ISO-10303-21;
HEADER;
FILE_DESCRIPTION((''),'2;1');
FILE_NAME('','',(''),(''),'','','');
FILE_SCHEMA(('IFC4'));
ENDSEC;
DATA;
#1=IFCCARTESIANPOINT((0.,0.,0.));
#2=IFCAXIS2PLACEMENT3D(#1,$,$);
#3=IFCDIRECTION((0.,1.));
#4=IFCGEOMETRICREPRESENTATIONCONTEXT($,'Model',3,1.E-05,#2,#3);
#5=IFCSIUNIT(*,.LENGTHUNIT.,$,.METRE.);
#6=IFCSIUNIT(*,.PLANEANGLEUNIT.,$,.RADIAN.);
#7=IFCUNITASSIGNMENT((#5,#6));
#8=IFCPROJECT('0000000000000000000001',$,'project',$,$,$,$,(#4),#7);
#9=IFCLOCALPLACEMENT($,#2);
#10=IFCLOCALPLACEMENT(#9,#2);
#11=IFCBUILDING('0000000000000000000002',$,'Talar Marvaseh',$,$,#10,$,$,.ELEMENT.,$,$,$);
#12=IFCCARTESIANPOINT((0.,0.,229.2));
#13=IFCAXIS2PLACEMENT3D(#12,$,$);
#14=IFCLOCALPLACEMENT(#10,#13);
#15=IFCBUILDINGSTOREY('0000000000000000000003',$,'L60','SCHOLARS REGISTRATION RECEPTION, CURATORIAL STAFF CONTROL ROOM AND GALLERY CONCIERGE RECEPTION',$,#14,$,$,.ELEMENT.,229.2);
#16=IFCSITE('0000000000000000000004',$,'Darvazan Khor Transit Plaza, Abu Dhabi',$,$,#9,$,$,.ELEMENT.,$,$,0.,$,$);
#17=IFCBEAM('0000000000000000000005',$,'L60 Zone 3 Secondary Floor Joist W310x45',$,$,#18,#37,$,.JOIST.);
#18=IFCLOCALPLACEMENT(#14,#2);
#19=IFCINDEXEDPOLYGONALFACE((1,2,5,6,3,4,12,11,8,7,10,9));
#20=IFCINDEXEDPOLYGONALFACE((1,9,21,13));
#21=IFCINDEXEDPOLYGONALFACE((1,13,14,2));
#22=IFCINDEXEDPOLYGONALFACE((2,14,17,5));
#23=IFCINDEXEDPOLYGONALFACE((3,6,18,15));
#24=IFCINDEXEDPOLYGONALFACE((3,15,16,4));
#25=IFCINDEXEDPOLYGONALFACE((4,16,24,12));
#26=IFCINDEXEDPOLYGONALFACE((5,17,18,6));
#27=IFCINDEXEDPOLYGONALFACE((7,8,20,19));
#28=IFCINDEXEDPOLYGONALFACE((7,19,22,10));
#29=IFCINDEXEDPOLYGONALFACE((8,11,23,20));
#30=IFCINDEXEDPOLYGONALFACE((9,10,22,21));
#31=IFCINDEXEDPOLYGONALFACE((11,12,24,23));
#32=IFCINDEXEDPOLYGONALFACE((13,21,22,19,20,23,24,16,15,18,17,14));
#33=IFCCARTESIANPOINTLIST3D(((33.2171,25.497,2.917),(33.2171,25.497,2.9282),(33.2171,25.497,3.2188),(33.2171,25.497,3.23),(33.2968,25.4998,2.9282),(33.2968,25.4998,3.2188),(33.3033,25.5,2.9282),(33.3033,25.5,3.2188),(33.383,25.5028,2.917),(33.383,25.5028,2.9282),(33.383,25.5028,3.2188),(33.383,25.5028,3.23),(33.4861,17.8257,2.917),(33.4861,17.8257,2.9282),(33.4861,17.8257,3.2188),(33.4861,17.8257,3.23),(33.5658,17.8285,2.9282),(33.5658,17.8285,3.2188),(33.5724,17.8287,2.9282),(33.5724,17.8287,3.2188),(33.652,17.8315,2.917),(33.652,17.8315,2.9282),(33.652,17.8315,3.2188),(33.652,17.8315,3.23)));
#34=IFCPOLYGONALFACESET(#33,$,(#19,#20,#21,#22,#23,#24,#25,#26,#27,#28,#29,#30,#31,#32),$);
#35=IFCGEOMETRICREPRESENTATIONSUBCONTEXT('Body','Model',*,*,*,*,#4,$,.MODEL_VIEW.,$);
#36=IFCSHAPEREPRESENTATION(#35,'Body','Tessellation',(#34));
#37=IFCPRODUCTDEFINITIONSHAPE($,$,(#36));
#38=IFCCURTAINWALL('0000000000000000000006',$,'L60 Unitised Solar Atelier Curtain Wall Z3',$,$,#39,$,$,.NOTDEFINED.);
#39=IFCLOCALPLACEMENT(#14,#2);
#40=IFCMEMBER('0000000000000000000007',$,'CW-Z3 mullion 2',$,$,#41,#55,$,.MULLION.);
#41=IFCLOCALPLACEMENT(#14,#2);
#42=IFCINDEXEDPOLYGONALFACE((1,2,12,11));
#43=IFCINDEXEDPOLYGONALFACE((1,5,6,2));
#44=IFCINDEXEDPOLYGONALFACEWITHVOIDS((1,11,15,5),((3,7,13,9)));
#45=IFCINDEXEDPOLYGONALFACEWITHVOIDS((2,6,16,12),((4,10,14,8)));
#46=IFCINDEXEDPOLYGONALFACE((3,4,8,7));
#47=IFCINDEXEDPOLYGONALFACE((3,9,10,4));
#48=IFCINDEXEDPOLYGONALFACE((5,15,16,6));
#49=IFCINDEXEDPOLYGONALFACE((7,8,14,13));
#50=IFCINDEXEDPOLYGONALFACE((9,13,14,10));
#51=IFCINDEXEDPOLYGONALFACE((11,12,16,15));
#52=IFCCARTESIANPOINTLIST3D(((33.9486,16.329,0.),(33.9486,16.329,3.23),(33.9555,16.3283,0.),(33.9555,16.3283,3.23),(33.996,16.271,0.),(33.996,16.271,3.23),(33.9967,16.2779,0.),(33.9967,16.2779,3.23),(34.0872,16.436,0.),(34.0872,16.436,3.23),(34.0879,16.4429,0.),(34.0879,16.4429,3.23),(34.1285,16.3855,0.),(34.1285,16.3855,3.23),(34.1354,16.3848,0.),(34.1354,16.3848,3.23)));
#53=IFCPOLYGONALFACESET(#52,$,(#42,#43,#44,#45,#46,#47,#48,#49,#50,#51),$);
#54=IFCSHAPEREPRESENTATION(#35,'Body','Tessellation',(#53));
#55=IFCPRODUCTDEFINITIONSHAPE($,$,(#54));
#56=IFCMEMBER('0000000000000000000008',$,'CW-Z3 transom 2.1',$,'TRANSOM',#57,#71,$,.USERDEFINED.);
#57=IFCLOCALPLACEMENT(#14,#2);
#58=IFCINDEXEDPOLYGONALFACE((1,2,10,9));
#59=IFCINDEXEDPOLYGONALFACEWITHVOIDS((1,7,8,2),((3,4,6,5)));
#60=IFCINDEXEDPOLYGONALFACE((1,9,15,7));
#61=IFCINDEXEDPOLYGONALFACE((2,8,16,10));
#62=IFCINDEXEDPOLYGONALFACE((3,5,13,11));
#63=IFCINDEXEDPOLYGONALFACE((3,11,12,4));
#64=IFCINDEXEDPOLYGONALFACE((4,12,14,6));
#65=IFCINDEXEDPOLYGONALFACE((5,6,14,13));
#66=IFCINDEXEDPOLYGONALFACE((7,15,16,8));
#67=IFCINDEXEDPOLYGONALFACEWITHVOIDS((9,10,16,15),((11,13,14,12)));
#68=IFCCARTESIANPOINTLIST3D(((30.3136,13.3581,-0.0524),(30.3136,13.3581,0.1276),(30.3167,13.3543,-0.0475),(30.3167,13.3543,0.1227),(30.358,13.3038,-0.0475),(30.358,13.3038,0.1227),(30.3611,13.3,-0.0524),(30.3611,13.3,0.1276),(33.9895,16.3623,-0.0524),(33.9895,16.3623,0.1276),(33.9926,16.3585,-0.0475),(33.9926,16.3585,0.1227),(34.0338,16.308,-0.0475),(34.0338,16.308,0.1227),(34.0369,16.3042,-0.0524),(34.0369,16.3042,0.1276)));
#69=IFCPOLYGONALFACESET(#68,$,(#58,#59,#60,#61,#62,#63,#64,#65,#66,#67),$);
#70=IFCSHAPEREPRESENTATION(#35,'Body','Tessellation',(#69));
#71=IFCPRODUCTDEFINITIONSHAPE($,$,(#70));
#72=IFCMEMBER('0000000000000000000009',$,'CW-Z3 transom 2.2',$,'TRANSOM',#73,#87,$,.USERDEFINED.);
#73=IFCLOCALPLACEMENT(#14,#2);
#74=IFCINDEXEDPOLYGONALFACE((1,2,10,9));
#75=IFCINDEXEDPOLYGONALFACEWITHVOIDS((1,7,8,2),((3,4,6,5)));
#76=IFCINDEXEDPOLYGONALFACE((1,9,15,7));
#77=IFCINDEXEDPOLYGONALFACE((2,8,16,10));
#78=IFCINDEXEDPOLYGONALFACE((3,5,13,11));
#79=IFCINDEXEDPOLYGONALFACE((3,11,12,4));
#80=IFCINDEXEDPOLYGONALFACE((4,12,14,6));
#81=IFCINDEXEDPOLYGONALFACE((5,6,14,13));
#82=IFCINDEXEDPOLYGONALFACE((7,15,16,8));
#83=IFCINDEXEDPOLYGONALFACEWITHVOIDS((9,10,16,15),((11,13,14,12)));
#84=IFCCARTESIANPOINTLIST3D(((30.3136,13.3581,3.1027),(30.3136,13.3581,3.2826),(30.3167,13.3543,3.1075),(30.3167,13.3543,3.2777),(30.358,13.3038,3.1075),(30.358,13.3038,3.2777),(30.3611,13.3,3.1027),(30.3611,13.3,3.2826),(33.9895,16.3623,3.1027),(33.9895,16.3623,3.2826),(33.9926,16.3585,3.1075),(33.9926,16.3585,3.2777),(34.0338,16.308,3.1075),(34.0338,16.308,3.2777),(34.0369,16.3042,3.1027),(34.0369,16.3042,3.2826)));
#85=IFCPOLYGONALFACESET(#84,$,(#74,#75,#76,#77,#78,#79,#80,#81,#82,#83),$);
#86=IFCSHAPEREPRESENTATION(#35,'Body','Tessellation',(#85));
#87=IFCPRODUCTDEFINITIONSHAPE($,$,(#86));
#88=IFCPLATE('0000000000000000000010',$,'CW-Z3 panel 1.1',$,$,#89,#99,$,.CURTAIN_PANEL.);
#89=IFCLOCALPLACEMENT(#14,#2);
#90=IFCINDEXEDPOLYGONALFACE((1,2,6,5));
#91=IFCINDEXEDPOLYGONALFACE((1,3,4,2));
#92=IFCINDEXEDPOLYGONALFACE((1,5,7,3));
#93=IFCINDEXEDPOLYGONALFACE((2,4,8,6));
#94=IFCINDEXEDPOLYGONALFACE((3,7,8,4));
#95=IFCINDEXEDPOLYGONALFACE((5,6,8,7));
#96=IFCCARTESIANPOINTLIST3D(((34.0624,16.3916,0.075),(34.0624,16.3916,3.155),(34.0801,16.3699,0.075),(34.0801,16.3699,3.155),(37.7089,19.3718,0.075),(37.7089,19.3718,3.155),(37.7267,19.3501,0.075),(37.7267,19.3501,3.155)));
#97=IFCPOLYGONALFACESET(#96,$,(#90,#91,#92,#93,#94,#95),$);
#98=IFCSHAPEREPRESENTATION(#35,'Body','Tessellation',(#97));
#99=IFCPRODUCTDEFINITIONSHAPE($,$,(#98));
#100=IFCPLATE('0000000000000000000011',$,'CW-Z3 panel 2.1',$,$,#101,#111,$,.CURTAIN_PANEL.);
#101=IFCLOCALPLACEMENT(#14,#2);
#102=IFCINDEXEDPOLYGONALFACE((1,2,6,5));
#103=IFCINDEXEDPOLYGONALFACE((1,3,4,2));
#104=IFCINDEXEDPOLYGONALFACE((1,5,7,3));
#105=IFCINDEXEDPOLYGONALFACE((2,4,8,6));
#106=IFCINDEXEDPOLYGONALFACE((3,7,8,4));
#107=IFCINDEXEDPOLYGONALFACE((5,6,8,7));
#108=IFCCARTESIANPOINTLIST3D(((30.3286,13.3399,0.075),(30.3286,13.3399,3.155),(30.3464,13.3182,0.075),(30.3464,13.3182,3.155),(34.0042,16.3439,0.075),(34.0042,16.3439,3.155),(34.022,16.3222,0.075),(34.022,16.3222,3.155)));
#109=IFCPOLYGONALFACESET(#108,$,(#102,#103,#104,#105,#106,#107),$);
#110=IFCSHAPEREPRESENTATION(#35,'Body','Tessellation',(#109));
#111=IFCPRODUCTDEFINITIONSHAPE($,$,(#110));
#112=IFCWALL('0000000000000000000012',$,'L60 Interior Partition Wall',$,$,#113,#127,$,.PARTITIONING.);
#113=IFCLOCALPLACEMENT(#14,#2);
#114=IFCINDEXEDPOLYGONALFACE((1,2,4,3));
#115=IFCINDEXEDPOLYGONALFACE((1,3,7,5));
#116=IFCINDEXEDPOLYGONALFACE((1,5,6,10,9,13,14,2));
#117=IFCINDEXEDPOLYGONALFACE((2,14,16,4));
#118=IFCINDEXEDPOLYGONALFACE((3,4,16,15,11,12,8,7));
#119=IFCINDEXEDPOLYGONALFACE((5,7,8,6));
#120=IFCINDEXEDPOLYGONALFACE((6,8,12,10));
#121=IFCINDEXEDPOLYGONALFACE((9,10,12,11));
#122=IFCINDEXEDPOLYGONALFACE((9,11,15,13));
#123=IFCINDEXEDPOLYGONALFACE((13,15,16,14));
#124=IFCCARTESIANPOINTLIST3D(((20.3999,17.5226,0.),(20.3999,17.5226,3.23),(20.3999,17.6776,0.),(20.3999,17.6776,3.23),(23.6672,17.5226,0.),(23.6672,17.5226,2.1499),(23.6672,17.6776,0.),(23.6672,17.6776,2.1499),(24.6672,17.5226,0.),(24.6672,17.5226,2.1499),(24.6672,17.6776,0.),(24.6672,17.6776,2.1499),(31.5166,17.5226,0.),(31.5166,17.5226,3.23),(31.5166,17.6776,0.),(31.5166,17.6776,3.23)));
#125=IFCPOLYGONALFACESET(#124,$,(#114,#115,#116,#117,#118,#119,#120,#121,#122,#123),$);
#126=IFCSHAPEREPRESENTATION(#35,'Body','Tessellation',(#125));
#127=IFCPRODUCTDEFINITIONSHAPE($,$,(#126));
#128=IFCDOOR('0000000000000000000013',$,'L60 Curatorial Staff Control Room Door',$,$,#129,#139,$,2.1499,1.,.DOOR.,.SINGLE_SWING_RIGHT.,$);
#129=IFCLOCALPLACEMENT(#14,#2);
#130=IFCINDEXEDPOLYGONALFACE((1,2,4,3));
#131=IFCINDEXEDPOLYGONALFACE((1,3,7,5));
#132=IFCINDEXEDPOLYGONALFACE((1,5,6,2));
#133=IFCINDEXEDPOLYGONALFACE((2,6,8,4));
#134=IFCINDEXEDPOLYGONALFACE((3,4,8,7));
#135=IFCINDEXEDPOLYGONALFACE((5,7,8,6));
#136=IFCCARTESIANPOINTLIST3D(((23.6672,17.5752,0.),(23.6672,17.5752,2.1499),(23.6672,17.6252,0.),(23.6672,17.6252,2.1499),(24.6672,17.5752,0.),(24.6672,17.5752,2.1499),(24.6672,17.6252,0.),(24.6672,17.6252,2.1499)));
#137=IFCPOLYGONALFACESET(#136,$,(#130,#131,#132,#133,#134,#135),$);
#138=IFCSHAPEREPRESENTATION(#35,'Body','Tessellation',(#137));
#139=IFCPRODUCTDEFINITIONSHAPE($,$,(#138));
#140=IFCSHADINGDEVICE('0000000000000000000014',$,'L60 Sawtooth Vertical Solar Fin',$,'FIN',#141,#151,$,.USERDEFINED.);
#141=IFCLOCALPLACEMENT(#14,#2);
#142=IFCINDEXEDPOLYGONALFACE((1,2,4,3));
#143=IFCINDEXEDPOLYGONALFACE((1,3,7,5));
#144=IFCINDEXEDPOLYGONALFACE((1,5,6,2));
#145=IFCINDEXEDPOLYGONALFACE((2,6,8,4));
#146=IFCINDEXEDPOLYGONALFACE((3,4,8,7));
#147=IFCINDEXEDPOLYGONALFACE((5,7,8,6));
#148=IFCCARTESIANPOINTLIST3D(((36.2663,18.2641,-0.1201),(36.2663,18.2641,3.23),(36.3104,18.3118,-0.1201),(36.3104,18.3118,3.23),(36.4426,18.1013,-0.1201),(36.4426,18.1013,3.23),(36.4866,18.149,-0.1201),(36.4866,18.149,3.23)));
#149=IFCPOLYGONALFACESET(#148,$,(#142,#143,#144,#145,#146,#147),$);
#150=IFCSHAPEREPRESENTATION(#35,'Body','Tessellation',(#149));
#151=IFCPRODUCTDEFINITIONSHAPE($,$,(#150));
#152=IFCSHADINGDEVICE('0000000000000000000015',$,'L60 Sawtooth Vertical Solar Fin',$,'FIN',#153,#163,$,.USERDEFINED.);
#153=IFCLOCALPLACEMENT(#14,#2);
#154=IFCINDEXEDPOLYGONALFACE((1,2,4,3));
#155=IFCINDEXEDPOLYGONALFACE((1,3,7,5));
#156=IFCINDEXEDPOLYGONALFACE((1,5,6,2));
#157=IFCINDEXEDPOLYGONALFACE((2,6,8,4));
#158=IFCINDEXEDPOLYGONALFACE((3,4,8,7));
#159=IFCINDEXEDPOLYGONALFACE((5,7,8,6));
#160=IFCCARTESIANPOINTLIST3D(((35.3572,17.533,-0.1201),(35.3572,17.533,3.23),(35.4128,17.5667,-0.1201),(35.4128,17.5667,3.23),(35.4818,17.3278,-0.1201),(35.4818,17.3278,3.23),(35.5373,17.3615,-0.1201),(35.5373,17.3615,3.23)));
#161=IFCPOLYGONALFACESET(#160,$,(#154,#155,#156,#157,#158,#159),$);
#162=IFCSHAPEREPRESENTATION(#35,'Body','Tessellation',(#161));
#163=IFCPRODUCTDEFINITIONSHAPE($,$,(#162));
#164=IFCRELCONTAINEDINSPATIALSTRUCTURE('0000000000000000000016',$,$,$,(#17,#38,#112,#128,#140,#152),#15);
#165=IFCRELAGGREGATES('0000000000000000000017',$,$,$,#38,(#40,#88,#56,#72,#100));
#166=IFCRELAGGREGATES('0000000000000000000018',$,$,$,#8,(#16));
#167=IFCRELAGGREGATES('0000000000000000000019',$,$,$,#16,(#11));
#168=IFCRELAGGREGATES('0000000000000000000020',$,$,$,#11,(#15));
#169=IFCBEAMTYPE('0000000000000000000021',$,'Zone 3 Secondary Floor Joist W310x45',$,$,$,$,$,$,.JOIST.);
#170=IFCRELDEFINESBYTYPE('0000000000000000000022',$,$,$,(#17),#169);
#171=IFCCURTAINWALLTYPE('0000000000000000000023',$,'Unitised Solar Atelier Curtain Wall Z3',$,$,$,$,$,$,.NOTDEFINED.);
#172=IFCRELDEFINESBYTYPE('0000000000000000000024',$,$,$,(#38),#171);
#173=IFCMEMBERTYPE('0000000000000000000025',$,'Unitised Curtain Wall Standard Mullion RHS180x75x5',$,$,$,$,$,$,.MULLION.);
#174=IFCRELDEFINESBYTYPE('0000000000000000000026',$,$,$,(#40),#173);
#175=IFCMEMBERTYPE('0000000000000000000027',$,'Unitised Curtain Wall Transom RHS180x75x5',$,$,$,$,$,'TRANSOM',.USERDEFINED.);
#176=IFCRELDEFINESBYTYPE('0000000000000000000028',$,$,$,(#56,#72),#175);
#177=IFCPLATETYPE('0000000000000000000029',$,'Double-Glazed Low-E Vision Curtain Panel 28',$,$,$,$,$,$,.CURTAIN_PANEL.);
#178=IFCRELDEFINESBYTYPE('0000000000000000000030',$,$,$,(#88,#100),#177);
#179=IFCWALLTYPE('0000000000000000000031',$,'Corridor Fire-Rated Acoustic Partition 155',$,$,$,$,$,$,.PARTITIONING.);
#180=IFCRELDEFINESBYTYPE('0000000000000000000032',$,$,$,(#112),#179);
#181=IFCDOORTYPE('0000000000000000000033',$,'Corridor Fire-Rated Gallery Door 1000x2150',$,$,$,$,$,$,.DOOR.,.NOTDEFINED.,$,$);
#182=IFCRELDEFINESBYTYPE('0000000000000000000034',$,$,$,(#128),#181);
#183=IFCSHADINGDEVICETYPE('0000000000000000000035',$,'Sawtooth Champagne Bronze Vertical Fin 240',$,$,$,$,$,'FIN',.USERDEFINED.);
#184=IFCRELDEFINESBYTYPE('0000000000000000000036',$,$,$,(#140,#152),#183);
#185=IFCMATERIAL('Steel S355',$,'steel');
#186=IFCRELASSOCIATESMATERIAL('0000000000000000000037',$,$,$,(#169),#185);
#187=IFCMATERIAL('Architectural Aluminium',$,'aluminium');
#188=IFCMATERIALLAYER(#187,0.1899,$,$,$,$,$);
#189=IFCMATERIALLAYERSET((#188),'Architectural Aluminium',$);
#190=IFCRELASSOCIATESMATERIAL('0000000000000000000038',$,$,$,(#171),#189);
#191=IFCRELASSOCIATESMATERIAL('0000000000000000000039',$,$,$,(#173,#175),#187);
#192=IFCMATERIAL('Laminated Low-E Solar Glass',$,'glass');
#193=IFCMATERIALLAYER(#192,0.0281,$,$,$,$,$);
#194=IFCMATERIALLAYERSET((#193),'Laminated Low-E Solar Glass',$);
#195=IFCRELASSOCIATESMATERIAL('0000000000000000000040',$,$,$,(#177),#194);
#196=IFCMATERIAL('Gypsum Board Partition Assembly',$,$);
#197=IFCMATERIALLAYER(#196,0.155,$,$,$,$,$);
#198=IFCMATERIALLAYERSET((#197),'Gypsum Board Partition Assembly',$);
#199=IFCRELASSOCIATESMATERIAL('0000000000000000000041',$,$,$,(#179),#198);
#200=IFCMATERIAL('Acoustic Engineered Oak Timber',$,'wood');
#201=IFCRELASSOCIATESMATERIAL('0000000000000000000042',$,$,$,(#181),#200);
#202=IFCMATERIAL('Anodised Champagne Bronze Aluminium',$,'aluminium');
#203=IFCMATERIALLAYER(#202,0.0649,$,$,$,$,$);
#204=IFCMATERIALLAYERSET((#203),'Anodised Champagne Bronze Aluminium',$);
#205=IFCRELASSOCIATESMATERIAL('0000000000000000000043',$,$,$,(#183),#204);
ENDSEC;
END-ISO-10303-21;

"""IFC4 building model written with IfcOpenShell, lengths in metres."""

from ifc_helpers import new_model, si_unit, direction, frame, frame_2d, origin, origin_2d, place, context, subcontext, project, spatial, rectangle, hollow_rectangle, i_section, extrude, source, transform, mapped, material, layer, layer_set, material_profile, profile_set, type_object, type_shapes, element, fill, aggregate, save


model = new_model("IFC4")

# Units and contexts
model_context = context("Model", 3, precision=1e-05, world=origin(), true_north=direction((0.0, 1.0)))
body_context = subcontext(model_context, "Body", "Model", "MODEL_VIEW")
ifc_project = project(units=[si_unit("LENGTHUNIT", "METRE"), si_unit("PLANEANGLEUNIT", "RADIAN")], contexts=[model_context])

# Site, building, storey
site_placement = place(None, origin())
site = spatial("IfcSite", under=ifc_project, at=site_placement, Name="Darvazan Khor Transit Plaza, Abu Dhabi", CompositionType="ELEMENT", RefElevation=0.0)
building_placement = place(site_placement, origin())
building = spatial("IfcBuilding", under=site, at=building_placement, Name="Talar Marvaseh", CompositionType="ELEMENT")
storey_placement = place(building_placement, frame((0.0, 0.0, 229.2)))
storey = spatial("IfcBuildingStorey", under=building, at=storey_placement, Name="L60", Description="SCHOLARS REGISTRATION RECEPTION, CURATORIAL STAFF CONTROL ROOM AND GALLERY CONCIERGE RECEPTION", CompositionType="ELEMENT", Elevation=229.2)

# Beam
ifc_material_1 = material(Name="Steel S355", Category="steel")
ifc_material_profile_1 = material_profile(ifc_material_1, i_section(OverallWidth=0.166, OverallDepth=0.313, WebThickness=0.0066, FlangeThickness=0.0112, at=origin_2d()), Name="W310x45")
ifc_profile_set_1 = profile_set([ifc_material_profile_1], Name="Steel S355")
beam_type = type_object("IfcBeamType", Name="Zone 3 Secondary Floor Joist W310x45", PredefinedType="JOIST", material=ifc_profile_set_1)
beam_placement = place(storey_placement, frame((33.5691, 17.8286, 3.0735), z_axis=(-0.035049, 0.999386, 0.0), x_axis=(-0.999386, -0.035049, 0.0)))
element("IfcBeam", 1, at=beam_placement, inside=storey, type_object=beam_type, Name="L60 Zone 3 Secondary Floor Joist W310x45", PredefinedType="JOIST", context=body_context, shape_type="SweptSolid", body=[
    extrude(i_section(OverallWidth=0.166, OverallDepth=0.313, WebThickness=0.0066, FlangeThickness=0.0112, at=origin_2d()), origin(), (0.0, 0.0, 1.0), 7.676),
])

# Curtain wall, members, plates
ifc_material_2 = material(Name="Architectural Aluminium", Category="aluminium")
ifc_layer_1 = layer(ifc_material_2, 0.1899)
ifc_layer_set_1 = layer_set([ifc_layer_1], Name="Architectural Aluminium")
curtain_wall_type = type_object("IfcCurtainWallType", Name="Unitised Solar Atelier Curtain Wall Z3", PredefinedType="NOTDEFINED", material=ifc_layer_set_1)
curtain_wall_placement = place(storey_placement, origin())
curtain_wall = element("IfcCurtainWall", 2, at=curtain_wall_placement, inside=storey, type_object=curtain_wall_type, Name="L60 Unitised Solar Atelier Curtain Wall Z3", PredefinedType="NOTDEFINED")
ifc_material_profile_2 = material_profile(ifc_material_2, hollow_rectangle(XDim=0.075, YDim=0.1799, WallThickness=0.0049, at=origin_2d()), Name="RHS180x75x5")
ifc_profile_set_2 = profile_set([ifc_material_profile_2], Name="Architectural Aluminium")
member_type_1 = type_object("IfcMemberType", Name="Unitised Curtain Wall Standard Mullion RHS180x75x5", PredefinedType="MULLION", material=ifc_profile_set_2)
shared_shape_1 = source(origin(), body_context, "Body", "SweptSolid", [
    extrude(hollow_rectangle(XDim=0.075, YDim=0.1799, WallThickness=0.0049, at=origin_2d()), origin(), (0.0, 0.0, 1.0), 3.23),
])
type_shapes(member_type_1, [shared_shape_1])
member_1_placement = place(storey_placement, frame((34.042, 16.3569, 0.0), z_axis=(0.0, 0.0, 1.0), x_axis=(0.632822, -0.774297, 0.0)))
member_1 = element("IfcMember", 3, at=member_1_placement, type_object=member_type_1, Name="CW-Z3 mullion 2", PredefinedType="MULLION", context=body_context, shape_type="MappedRepresentation", body=[
    mapped(shared_shape_1, transform((0.0, 0.0, 0.0), x_axis=(1.0, 0.0, 0.0), y_axis=(0.0, 1.0, 0.0), z_axis=(0.0, 0.0, 1.0), scale=1.0)),
])
ifc_material_profile_3 = material_profile(ifc_material_2, hollow_rectangle(XDim=0.075, YDim=0.1799, WallThickness=0.0049, at=origin_2d()), Name="RHS180x75x5")
ifc_profile_set_3 = profile_set([ifc_material_profile_3], Name="Architectural Aluminium")
member_type_2 = type_object("IfcMemberType", Name="Unitised Curtain Wall Transom RHS180x75x5", ElementType="TRANSOM", PredefinedType="USERDEFINED", material=ifc_profile_set_3)
shared_shape_2 = source(origin(), body_context, "Body", "SweptSolid", [
    extrude(hollow_rectangle(XDim=0.075, YDim=0.1799, WallThickness=0.0049, at=origin_2d()), origin(), (0.0, 0.0, 1.0), 4.7473),
])
type_shapes(member_type_2, [shared_shape_2])
member_2_placement = place(storey_placement, frame((34.0132, 16.3333, 0.0376), z_axis=(-0.774299, -0.63282, 0.0), x_axis=(0.63282, -0.774299, 0.0)))
member_2 = element("IfcMember", 4, at=member_2_placement, type_object=member_type_2, Name="CW-Z3 transom 2.1", ObjectType="TRANSOM", PredefinedType="USERDEFINED", context=body_context, shape_type="MappedRepresentation", body=[
    mapped(shared_shape_2, transform((0.0, 0.0, 0.0), x_axis=(1.0, 0.0, 0.0), y_axis=(0.0, 1.0, 0.0), z_axis=(0.0, 0.0, 1.0), scale=1.0)),
])
member_3_placement = place(storey_placement, frame((34.0132, 16.3333, 3.1926), z_axis=(-0.774299, -0.63282, 0.0), x_axis=(0.63282, -0.774299, 0.0)))
member_3 = element("IfcMember", 5, at=member_3_placement, type_object=member_type_2, Name="CW-Z3 transom 2.2", ObjectType="TRANSOM", PredefinedType="USERDEFINED", context=body_context, shape_type="MappedRepresentation", body=[
    mapped(shared_shape_2, transform((0.0, 0.0, 0.0), x_axis=(1.0, 0.0, 0.0), y_axis=(0.0, 1.0, 0.0), z_axis=(0.0, 0.0, 1.0), scale=1.0)),
])
ifc_material_3 = material(Name="Laminated Low-E Solar Glass", Category="glass")
ifc_layer_2 = layer(ifc_material_3, 0.0281)
ifc_layer_set_2 = layer_set([ifc_layer_2], Name="Laminated Low-E Solar Glass")
plate_type = type_object("IfcPlateType", Name="Double-Glazed Low-E Vision Curtain Panel 28", PredefinedType="CURTAIN_PANEL", material=ifc_layer_set_2)
shared_shape_3 = source(origin(), body_context, "Body", "SweptSolid", [
    extrude(rectangle(XDim=4.7095, YDim=0.0281, at=origin_2d()), origin(), (0.0, 0.0, 1.0), 3.0801),
])
plate_1_placement = place(storey_placement, frame((35.8945, 17.8708, 0.075), z_axis=(0.0, 0.0, 1.0), x_axis=(-0.774297, -0.632822, 0.0)))
plate_1 = element("IfcPlate", 6, at=plate_1_placement, type_object=plate_type, Name="CW-Z3 panel 1.1", PredefinedType="CURTAIN_PANEL", context=body_context, shape_type="MappedRepresentation", body=[
    mapped(shared_shape_3, transform((0.0, 0.0, 0.0), x_axis=(1.0, 0.0, 0.0), y_axis=(0.0, 1.0, 0.0), z_axis=(0.0, 0.0, 1.0), scale=1.0)),
])
shared_shape_4 = source(origin(), body_context, "Body", "SweptSolid", [
    extrude(rectangle(XDim=4.7471, YDim=0.0281, at=origin_2d()), origin(), (0.0, 0.0, 1.0), 3.0801),
])
type_shapes(plate_type, [shared_shape_3, shared_shape_4])
plate_2_placement = place(storey_placement, frame((32.1753, 14.8311, 0.075), z_axis=(0.0, 0.0, 1.0), x_axis=(-0.774297, -0.632822, 0.0)))
plate_2 = element("IfcPlate", 7, at=plate_2_placement, type_object=plate_type, Name="CW-Z3 panel 2.1", PredefinedType="CURTAIN_PANEL", context=body_context, shape_type="MappedRepresentation", body=[
    mapped(shared_shape_4, transform((0.0, 0.0, 0.0), x_axis=(1.0, 0.0, 0.0), y_axis=(0.0, 1.0, 0.0), z_axis=(0.0, 0.0, 1.0), scale=1.0)),
])
aggregate(curtain_wall, [member_1, plate_1, member_2, member_3, plate_2])

# Wall, opening, door
ifc_material_4 = material(Name="Gypsum Board Partition Assembly")
ifc_layer_3 = layer(ifc_material_4, 0.155)
ifc_layer_set_3 = layer_set([ifc_layer_3], Name="Gypsum Board Partition Assembly")
wall_type = type_object("IfcWallType", Name="Corridor Fire-Rated Acoustic Partition 155", PredefinedType="PARTITIONING", material=ifc_layer_set_3)
wall_placement = place(storey_placement, frame((31.5166, 17.6001, 0.0), z_axis=(0.0, 0.0, 1.0), x_axis=(-1.0, 0.0, 0.0)))
wall = element("IfcWall", 8, at=wall_placement, inside=storey, type_object=wall_type, Name="L60 Interior Partition Wall", PredefinedType="PARTITIONING", context=body_context, shape_type="SweptSolid", body=[
    extrude(rectangle(XDim=11.1167, YDim=0.155, at=frame_2d((5.5583, 0.0))), origin(), (0.0, 0.0, 1.0), 3.23),
])
opening_placement = place(wall_placement, frame((6.8494, 0.0, 0.0)))
opening = element("IfcOpeningElement", 9, at=opening_placement, cuts=wall, PredefinedType="OPENING", context=body_context, shape_type="SweptSolid", body=[
    extrude(rectangle(XDim=1.0, YDim=2.1499, at=frame_2d((0.5, 1.075))), frame((0.0, 0.0874, 0.0), z_axis=(0.0, -1.0, 0.0), x_axis=(1.0, 0.0, 0.0)), (0.0, 0.0, 1.0), 0.175),
])
ifc_material_5 = material(Name="Acoustic Engineered Oak Timber", Category="wood")
door_type = type_object("IfcDoorType", Name="Corridor Fire-Rated Gallery Door 1000x2150", OperationType="NOTDEFINED", PredefinedType="DOOR", material=ifc_material_5)
shared_shape_5 = source(origin(), body_context, "Body", "SweptSolid", [
    extrude(rectangle(XDim=1.0, YDim=2.1499, at=frame_2d((0.5, 1.075))), frame((0.0, 0.0249, 0.0), z_axis=(0.0, -1.0, 0.0), x_axis=(1.0, 0.0, 0.0)), (0.0, 0.0, 1.0), 0.05),
])
type_shapes(door_type, [shared_shape_5])
door_placement = place(opening_placement, origin())
door = element("IfcDoor", 10, at=door_placement, inside=storey, type_object=door_type, Name="L60 Curatorial Staff Control Room Door", OperationType="SINGLE_SWING_RIGHT", OverallHeight=2.1499, OverallWidth=1.0, PredefinedType="DOOR", context=body_context, shape_type="MappedRepresentation", body=[
    mapped(shared_shape_5, transform((0.0, 0.0, 0.0), x_axis=(1.0, 0.0, 0.0), y_axis=(0.0, 1.0, 0.0), z_axis=(0.0, 0.0, 1.0), scale=1.0)),
])
fill(opening, door)

# Shading devices
ifc_material_6 = material(Name="Anodised Champagne Bronze Aluminium", Category="aluminium")
ifc_layer_4 = layer(ifc_material_6, 0.0649)
ifc_layer_set_4 = layer_set([ifc_layer_4], Name="Anodised Champagne Bronze Aluminium")
shading_device_type = type_object("IfcShadingDeviceType", Name="Sawtooth Champagne Bronze Vertical Fin 240", ElementType="FIN", PredefinedType="USERDEFINED", material=ifc_layer_set_4)
shared_shape_6 = source(origin(), body_context, "Body", "SweptSolid", [
    extrude(rectangle(XDim=0.24, YDim=0.0649, at=origin_2d()), origin(), (0.0, 0.0, 1.0), 3.3501),
])
type_shapes(shading_device_type, [shared_shape_6])
for number, where, z_axis, x_axis, name in (
    (11, (36.3765, 18.2065, -0.1201), (0.0, 0.0, 1.0), (0.734441, -0.678673, 0.0), "L60 Sawtooth Vertical Solar Fin"),
    (12, (35.4473, 17.4473, -0.1201), (0.0, 0.0, 1.0), (0.518922, -0.854821, 0.0), "L60 Sawtooth Vertical Solar Fin"),
):
    element("IfcShadingDevice", number, at=place(storey_placement, frame(where, z_axis=z_axis, x_axis=x_axis)), inside=storey, type_object=shading_device_type, Name=name, ObjectType="FIN", PredefinedType="USERDEFINED", context=body_context, shape_type="MappedRepresentation", body=[
        mapped(shared_shape_6, transform((0.0, 0.0, 0.0), x_axis=(1.0, 0.0, 0.0), y_axis=(0.0, 1.0, 0.0), z_axis=(0.0, 0.0, 1.0), scale=1.0)),
    ])

save(model, "model.ifc")
